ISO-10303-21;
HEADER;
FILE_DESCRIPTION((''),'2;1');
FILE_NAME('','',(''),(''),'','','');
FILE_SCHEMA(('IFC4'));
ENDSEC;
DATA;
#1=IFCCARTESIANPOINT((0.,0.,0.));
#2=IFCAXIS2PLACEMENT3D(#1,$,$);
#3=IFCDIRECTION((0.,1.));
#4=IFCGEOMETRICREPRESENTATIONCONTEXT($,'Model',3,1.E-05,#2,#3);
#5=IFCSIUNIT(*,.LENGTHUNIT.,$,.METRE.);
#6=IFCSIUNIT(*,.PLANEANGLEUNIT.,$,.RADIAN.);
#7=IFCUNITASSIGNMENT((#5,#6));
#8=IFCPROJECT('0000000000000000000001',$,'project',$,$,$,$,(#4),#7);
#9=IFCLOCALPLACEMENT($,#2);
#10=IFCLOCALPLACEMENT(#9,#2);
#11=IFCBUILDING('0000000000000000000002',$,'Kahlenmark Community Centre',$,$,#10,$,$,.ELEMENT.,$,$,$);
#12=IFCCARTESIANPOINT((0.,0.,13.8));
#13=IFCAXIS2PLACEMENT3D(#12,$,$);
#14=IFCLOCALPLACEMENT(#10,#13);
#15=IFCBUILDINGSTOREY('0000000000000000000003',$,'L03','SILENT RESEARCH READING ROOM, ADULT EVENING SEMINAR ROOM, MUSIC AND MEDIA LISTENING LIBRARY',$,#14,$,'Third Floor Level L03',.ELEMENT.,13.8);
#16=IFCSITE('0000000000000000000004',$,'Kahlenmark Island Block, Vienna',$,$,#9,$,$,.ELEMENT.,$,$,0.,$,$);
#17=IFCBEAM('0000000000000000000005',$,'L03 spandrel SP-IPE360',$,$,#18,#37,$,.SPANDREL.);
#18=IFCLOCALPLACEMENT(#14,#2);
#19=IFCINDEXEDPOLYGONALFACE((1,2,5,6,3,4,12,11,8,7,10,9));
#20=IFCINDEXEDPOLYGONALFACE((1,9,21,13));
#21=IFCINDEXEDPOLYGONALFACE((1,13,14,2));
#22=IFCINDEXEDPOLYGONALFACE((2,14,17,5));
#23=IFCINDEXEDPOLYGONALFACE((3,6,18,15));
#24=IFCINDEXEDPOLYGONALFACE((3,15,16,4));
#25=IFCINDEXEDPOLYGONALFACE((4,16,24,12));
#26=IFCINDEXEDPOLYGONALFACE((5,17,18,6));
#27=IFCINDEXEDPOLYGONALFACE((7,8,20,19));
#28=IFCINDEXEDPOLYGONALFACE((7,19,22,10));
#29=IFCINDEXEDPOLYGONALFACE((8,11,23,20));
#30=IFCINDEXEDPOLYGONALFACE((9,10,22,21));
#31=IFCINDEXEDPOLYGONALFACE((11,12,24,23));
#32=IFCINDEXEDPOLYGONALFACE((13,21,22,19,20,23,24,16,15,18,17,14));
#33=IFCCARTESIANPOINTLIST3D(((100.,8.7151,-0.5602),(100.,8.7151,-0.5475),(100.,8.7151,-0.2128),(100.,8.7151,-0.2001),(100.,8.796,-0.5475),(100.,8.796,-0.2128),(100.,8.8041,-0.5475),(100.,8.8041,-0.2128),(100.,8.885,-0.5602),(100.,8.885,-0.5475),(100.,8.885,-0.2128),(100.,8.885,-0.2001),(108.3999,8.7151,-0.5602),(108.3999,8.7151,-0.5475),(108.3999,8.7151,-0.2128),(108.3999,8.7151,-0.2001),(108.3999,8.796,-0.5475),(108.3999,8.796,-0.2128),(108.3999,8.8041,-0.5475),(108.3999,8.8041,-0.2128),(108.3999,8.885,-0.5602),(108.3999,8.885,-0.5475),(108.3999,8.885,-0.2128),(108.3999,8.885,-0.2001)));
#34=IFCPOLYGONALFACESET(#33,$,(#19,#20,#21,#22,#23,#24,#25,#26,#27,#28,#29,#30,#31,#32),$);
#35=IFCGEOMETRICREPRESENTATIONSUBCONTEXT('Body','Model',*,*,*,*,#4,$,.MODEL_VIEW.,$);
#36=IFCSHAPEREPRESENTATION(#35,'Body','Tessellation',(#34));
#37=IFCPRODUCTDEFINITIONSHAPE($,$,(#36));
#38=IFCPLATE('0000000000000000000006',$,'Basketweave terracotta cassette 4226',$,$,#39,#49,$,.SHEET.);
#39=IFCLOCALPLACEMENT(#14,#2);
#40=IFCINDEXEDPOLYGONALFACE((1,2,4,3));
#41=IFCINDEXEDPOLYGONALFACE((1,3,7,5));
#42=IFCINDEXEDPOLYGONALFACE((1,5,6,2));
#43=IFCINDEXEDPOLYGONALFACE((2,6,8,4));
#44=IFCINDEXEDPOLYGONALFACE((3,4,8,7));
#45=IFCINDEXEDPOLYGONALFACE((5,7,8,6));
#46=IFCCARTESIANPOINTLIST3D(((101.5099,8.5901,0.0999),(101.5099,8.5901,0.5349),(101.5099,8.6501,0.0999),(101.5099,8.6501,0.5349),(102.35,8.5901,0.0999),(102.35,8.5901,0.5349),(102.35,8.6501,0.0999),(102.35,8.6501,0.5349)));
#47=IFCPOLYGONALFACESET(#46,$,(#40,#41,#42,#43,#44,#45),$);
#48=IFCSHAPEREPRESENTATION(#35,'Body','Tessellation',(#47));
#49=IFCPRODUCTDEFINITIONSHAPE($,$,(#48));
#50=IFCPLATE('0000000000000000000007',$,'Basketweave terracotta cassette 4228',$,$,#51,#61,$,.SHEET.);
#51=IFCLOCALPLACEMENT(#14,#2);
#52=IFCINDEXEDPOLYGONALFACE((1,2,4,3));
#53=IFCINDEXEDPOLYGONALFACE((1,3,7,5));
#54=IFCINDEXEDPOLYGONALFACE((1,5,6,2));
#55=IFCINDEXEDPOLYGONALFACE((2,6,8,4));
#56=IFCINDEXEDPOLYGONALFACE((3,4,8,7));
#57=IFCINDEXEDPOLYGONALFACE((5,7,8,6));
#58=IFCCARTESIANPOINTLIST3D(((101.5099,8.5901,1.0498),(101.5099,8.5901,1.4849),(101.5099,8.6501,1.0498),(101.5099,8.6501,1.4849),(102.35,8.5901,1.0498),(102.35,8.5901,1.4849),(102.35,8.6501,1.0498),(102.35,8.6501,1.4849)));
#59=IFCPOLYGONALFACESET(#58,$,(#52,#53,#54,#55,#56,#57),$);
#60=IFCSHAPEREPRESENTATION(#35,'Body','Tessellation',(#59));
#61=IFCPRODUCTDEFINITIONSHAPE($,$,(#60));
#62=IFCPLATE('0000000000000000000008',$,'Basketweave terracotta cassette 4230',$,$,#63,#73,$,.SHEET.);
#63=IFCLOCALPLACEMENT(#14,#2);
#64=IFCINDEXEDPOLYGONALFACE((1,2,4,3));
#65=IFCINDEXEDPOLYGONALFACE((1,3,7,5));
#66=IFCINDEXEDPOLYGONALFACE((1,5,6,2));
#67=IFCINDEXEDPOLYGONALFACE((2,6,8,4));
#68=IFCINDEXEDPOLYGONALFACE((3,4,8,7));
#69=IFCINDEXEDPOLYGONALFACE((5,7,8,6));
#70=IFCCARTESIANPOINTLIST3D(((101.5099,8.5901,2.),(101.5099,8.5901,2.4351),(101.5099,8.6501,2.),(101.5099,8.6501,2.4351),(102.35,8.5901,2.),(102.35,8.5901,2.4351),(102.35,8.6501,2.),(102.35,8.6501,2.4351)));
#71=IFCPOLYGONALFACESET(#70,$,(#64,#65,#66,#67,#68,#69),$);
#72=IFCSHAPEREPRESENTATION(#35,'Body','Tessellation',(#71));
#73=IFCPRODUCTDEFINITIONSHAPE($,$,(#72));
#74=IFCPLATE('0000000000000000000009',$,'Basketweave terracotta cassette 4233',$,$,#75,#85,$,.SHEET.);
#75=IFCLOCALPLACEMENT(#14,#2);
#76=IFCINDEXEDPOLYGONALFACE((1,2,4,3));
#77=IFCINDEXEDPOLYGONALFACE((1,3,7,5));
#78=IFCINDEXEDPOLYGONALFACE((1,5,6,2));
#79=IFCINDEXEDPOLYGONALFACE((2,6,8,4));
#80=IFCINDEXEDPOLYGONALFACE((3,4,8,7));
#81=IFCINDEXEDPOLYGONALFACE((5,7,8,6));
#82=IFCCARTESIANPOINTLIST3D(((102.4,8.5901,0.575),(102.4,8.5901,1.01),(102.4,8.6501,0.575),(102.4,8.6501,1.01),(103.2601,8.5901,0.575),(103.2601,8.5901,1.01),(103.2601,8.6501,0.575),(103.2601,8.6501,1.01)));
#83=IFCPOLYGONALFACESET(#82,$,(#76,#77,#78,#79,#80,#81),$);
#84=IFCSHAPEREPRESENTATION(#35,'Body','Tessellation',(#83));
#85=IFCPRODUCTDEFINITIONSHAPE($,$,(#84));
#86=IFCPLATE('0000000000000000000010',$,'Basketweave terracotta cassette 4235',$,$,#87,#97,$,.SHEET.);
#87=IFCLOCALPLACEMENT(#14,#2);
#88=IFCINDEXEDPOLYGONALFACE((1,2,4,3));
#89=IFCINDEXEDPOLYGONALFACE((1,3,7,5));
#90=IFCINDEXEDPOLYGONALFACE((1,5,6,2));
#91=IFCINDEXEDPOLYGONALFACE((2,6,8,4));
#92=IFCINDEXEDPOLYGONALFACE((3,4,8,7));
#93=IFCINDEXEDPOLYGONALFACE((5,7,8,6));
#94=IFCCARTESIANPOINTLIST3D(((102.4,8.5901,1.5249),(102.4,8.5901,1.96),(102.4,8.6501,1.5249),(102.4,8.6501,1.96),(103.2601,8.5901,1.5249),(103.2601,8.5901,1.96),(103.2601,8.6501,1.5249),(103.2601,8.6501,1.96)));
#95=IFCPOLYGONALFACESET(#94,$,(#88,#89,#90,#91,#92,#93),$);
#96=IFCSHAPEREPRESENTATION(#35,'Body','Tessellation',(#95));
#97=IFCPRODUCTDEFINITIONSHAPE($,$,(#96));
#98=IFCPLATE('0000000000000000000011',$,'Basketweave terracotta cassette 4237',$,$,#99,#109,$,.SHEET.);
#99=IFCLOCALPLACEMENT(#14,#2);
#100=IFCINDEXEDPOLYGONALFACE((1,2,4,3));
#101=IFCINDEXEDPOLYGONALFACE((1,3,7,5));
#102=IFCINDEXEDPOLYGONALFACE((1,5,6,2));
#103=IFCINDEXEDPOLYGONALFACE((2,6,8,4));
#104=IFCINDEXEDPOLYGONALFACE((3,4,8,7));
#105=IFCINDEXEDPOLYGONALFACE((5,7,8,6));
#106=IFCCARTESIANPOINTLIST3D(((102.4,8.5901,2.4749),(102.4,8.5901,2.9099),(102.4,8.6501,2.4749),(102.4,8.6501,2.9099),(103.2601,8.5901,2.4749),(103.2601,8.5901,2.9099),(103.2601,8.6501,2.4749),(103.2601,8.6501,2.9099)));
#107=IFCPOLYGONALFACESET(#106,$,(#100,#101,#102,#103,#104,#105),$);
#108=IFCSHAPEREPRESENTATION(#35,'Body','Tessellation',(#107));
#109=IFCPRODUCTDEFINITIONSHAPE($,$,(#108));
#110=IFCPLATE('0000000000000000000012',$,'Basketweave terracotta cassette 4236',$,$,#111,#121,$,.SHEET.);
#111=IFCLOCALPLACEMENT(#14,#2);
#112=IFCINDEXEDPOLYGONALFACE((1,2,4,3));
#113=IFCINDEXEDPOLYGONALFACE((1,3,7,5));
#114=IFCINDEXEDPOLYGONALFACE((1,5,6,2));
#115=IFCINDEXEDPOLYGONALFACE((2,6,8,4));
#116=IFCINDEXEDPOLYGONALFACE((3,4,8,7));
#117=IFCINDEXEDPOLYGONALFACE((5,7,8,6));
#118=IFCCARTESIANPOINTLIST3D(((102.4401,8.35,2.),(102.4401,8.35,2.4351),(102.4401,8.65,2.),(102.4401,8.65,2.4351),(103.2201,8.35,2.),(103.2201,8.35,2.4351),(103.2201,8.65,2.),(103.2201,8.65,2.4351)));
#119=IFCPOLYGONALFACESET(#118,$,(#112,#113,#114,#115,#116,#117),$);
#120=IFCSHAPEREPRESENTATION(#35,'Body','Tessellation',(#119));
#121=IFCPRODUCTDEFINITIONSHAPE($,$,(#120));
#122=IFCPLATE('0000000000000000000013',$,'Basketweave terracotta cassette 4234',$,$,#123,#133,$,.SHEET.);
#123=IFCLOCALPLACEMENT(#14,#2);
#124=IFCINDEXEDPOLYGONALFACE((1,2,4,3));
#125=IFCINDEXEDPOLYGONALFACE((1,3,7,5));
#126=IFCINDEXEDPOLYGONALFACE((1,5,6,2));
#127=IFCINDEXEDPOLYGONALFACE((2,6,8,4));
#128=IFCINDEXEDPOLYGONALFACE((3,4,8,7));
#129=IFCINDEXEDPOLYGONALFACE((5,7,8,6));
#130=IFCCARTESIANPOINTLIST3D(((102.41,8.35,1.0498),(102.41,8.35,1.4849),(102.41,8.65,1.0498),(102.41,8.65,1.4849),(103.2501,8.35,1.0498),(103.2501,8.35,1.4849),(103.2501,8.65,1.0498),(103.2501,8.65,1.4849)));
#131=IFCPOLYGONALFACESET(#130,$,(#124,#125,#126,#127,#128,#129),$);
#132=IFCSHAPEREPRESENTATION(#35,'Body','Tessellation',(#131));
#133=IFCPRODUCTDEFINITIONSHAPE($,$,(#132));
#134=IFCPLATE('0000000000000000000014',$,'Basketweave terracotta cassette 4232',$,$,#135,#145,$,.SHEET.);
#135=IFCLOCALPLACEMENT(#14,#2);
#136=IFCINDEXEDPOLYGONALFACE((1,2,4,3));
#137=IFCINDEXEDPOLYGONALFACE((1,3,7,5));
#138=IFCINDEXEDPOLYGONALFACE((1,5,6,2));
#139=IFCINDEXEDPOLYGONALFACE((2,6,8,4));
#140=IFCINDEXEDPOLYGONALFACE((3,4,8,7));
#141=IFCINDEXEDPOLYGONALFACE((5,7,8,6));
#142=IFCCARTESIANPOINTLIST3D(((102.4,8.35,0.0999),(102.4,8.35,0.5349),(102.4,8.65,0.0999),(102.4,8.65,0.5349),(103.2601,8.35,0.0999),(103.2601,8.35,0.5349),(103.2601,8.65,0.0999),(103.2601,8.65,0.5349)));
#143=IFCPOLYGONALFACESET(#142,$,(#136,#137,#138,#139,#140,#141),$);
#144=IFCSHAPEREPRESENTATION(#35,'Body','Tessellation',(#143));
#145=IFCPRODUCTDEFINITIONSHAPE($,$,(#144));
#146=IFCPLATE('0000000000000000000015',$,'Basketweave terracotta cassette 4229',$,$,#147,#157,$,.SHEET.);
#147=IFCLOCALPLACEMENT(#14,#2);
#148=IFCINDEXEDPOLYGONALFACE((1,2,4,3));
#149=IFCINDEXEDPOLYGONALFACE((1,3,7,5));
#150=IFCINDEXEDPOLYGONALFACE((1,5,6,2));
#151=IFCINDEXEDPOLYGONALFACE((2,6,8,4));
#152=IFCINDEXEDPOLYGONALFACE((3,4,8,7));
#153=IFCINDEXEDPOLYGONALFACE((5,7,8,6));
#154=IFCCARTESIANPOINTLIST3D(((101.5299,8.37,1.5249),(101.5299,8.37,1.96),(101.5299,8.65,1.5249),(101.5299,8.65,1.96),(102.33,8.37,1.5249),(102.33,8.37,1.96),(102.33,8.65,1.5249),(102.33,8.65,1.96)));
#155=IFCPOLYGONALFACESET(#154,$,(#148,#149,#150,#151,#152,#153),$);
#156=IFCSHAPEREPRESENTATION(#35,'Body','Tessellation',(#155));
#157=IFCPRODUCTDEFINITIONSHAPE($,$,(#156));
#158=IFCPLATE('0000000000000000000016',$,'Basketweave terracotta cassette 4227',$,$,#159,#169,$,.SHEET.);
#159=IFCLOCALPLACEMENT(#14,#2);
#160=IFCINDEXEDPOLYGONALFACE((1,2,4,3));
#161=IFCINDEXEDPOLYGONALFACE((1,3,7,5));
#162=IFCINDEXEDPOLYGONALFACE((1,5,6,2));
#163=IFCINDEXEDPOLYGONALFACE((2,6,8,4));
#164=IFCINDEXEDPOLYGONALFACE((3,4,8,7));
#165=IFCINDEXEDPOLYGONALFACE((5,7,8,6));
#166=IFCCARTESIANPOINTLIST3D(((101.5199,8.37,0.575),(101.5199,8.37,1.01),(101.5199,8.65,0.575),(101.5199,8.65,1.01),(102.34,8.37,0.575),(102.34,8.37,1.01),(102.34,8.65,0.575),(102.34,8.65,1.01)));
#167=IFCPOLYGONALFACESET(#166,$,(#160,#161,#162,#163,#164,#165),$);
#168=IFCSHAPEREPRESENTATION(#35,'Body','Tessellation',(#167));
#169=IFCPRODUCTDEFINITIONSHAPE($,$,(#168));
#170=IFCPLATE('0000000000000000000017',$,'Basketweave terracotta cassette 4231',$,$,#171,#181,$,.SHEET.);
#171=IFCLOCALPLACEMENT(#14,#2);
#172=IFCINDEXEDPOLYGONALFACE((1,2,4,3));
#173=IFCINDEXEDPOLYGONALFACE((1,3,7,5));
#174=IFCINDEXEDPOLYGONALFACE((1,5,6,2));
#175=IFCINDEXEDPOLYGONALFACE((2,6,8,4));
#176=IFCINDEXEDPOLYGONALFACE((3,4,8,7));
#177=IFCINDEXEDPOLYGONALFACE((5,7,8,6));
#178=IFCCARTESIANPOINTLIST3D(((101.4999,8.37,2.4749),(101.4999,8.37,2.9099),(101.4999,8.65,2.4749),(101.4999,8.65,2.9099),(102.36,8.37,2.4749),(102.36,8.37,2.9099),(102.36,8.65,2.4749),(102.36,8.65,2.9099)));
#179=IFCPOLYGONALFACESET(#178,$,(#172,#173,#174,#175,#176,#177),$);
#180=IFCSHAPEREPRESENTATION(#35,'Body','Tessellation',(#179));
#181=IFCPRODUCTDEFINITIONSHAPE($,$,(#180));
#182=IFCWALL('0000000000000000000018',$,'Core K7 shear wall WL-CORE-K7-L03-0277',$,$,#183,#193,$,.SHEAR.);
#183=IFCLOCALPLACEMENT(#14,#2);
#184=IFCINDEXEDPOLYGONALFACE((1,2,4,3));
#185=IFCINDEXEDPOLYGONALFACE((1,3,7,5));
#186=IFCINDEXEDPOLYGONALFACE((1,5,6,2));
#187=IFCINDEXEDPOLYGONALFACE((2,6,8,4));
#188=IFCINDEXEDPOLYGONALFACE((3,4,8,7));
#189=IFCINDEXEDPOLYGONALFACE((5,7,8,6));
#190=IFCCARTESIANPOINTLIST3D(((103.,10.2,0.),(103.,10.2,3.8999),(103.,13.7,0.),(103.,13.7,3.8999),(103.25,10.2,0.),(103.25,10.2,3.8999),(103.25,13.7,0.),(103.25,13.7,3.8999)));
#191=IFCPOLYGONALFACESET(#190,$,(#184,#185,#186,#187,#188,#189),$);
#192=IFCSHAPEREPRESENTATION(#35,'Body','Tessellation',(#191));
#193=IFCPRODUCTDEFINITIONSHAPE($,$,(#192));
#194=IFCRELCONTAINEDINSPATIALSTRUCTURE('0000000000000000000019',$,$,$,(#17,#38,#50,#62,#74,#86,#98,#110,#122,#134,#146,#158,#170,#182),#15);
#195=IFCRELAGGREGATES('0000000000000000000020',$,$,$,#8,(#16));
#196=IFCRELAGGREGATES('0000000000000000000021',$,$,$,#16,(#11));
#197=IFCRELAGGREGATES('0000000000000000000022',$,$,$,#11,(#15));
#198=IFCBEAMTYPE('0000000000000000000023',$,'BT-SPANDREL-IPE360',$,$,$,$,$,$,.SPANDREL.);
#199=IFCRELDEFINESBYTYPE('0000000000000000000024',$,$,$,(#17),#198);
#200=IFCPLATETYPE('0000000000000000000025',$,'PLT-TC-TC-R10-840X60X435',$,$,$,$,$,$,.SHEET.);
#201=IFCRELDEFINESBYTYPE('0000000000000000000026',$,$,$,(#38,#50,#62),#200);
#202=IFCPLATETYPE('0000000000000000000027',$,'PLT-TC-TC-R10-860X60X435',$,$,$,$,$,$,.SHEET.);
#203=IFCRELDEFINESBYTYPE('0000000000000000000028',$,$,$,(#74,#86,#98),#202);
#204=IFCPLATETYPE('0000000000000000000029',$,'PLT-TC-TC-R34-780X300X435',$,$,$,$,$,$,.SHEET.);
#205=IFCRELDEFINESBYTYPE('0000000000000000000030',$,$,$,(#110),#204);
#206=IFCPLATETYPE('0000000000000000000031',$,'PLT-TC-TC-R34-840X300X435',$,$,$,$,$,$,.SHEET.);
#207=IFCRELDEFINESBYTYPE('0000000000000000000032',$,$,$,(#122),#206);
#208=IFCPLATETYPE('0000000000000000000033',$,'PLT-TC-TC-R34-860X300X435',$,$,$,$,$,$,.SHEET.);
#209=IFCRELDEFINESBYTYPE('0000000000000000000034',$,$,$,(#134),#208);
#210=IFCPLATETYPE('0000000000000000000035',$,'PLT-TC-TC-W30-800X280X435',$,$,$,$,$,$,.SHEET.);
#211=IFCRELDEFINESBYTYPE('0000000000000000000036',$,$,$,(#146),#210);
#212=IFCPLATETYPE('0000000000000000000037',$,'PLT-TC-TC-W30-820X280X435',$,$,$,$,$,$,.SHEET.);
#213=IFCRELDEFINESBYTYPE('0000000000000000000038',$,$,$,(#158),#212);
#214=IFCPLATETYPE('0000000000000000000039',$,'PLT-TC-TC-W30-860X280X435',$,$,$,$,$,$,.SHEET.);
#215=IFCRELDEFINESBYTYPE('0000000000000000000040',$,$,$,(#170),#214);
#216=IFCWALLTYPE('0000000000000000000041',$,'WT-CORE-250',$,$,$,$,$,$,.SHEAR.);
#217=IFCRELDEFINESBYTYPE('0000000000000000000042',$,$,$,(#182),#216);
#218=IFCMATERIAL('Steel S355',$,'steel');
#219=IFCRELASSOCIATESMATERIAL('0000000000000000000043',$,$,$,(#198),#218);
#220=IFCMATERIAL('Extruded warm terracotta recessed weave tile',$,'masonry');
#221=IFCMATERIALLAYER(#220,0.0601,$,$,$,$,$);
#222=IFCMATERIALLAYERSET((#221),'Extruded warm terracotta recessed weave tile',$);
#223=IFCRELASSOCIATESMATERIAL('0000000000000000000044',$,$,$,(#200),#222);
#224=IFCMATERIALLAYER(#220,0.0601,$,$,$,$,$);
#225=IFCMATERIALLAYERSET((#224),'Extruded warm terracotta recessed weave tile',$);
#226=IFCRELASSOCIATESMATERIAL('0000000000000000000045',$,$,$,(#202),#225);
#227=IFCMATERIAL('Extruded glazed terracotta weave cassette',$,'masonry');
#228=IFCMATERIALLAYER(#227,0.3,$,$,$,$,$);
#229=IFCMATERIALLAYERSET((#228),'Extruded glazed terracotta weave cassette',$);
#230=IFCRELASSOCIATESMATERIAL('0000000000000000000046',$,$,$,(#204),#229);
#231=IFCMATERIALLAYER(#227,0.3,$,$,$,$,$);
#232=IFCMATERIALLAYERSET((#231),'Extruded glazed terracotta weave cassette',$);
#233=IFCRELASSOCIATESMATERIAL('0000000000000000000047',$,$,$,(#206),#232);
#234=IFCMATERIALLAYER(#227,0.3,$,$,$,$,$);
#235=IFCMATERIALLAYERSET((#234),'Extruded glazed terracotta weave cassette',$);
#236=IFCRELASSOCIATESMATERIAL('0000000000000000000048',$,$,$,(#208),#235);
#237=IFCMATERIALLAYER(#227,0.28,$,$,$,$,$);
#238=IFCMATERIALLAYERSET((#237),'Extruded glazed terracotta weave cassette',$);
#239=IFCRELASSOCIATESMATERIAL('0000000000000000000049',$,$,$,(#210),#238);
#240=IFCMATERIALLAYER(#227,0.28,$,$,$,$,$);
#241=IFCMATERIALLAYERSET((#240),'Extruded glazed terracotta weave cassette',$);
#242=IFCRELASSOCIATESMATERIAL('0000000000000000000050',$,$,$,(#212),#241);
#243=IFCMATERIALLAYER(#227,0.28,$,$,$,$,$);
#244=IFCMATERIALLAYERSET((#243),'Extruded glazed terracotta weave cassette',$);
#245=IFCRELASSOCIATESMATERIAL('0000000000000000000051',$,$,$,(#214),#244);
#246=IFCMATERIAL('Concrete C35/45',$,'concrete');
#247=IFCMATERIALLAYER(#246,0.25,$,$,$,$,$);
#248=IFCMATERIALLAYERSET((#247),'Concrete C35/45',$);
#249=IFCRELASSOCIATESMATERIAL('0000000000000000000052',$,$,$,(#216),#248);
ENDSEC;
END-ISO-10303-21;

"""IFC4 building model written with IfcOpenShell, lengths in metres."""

from ifc_helpers import new_model, si_unit, direction, frame, frame_2d, origin, origin_2d, place, context, subcontext, project, spatial, rectangle, i_section, extrude, material, layer, layer_set, material_profile, profile_set, type_object, element, save


model = new_model("IFC4")

# Units and contexts
model_context = context("Model", 3, precision=1e-05, world=origin(), true_north=direction((0.0, 1.0)))
body_context = subcontext(model_context, "Body", "Model", "MODEL_VIEW")
ifc_project = project(units=[si_unit("LENGTHUNIT", "METRE"), si_unit("PLANEANGLEUNIT", "RADIAN")], contexts=[model_context])

# Site, building, storey
site_placement = place(None, origin())
site = spatial("IfcSite", under=ifc_project, at=site_placement, Name="Kahlenmark Island Block, Vienna", CompositionType="ELEMENT", RefElevation=0.0)
building_placement = place(site_placement, origin())
building = spatial("IfcBuilding", under=site, at=building_placement, Name="Kahlenmark Community Centre", CompositionType="ELEMENT")
storey_placement = place(building_placement, frame((0.0, 0.0, 13.8)))
storey = spatial("IfcBuildingStorey", under=building, at=storey_placement, Name="L03", Description="SILENT RESEARCH READING ROOM, ADULT EVENING SEMINAR ROOM, MUSIC AND MEDIA LISTENING LIBRARY", LongName="Third Floor Level L03", CompositionType="ELEMENT", Elevation=13.8)

# Beam
ifc_material_1 = material(Name="Steel S355", Category="steel")
ifc_material_profile = material_profile(ifc_material_1, i_section(OverallWidth=0.1699, OverallDepth=0.3601, WebThickness=0.0081, FlangeThickness=0.0127, at=origin_2d()), Name="IPE 360")
ifc_profile_set = profile_set([ifc_material_profile], Name="Steel S355")
beam_type = type_object("IfcBeamType", Name="BT-SPANDREL-IPE360", PredefinedType="SPANDREL", material=ifc_profile_set)
beam_placement = place(storey_placement, frame((100.0, 8.8, -0.3801), z_axis=(1.0, 0.0, 0.0), x_axis=(0.0, 1.0, 0.0)))
element("IfcBeam", 1, at=beam_placement, inside=storey, type_object=beam_type, Name="L03 spandrel SP-IPE360", PredefinedType="SPANDREL", context=body_context, shape_type="SweptSolid", body=[
    extrude(i_section(OverallWidth=0.1699, OverallDepth=0.3601, WebThickness=0.0081, FlangeThickness=0.0127, at=origin_2d()), origin(), (0.0, 0.0, 1.0), 8.3999),
])

# Plates
ifc_material_2 = material(Name="Extruded warm terracotta recessed weave tile", Category="masonry")
ifc_layer_1 = layer(ifc_material_2, 0.0601)
ifc_layer_set_1 = layer_set([ifc_layer_1], Name="Extruded warm terracotta recessed weave tile")
plate_type_1 = type_object("IfcPlateType", Name="PLT-TC-TC-R10-840X60X435", PredefinedType="SHEET", material=ifc_layer_set_1)
for number, where, z_axis, x_axis, name in (
    (2, (101.9299, 8.6201, 0.0999), (0.0, 0.0, 1.0), (1.0, 0.0, 0.0), "Basketweave terracotta cassette 4226"),
    (3, (101.9299, 8.6201, 1.0498), (0.0, 0.0, 1.0), (1.0, 0.0, 0.0), "Basketweave terracotta cassette 4228"),
    (4, (101.9299, 8.6201, 2.0), (0.0, 0.0, 1.0), (1.0, 0.0, 0.0), "Basketweave terracotta cassette 4230"),
):
    element("IfcPlate", number, at=place(storey_placement, frame(where, z_axis=z_axis, x_axis=x_axis)), inside=storey, type_object=plate_type_1, Name=name, PredefinedType="SHEET", context=body_context, shape_type="SweptSolid", body=[
        extrude(rectangle(XDim=0.8401, YDim=0.0601, at=origin_2d()), origin(), (0.0, 0.0, 1.0), 0.4351),
    ])
ifc_layer_2 = layer(ifc_material_2, 0.0601)
ifc_layer_set_2 = layer_set([ifc_layer_2], Name="Extruded warm terracotta recessed weave tile")
plate_type_2 = type_object("IfcPlateType", Name="PLT-TC-TC-R10-860X60X435", PredefinedType="SHEET", material=ifc_layer_set_2)
for number, where, z_axis, x_axis, name in (
    (5, (102.8301, 8.6201, 0.575), (0.0, 0.0, 1.0), (1.0, 0.0, 0.0), "Basketweave terracotta cassette 4233"),
    (6, (102.8301, 8.6201, 1.5249), (0.0, 0.0, 1.0), (1.0, 0.0, 0.0), "Basketweave terracotta cassette 4235"),
    (7, (102.8301, 8.6201, 2.4749), (0.0, 0.0, 1.0), (1.0, 0.0, 0.0), "Basketweave terracotta cassette 4237"),
):
    element("IfcPlate", number, at=place(storey_placement, frame(where, z_axis=z_axis, x_axis=x_axis)), inside=storey, type_object=plate_type_2, Name=name, PredefinedType="SHEET", context=body_context, shape_type="SweptSolid", body=[
        extrude(rectangle(XDim=0.8601, YDim=0.0601, at=origin_2d()), origin(), (0.0, 0.0, 1.0), 0.4351),
    ])
ifc_material_3 = material(Name="Extruded glazed terracotta weave cassette", Category="masonry")
ifc_layer_3 = layer(ifc_material_3, 0.3)
ifc_layer_set_3 = layer_set([ifc_layer_3], Name="Extruded glazed terracotta weave cassette")
plate_type_3 = type_object("IfcPlateType", Name="PLT-TC-TC-R34-780X300X435", PredefinedType="SHEET", material=ifc_layer_set_3)
plate_1_placement = place(storey_placement, frame((102.8301, 8.5, 2.0), z_axis=(0.0, 0.0, 1.0), x_axis=(1.0, 0.0, 0.0)))
element("IfcPlate", 8, at=plate_1_placement, inside=storey, type_object=plate_type_3, Name="Basketweave terracotta cassette 4236", PredefinedType="SHEET", context=body_context, shape_type="SweptSolid", body=[
    extrude(rectangle(XDim=0.78, YDim=0.3, at=origin_2d()), origin(), (0.0, 0.0, 1.0), 0.4351),
])
ifc_layer_4 = layer(ifc_material_3, 0.3)
ifc_layer_set_4 = layer_set([ifc_layer_4], Name="Extruded glazed terracotta weave cassette")
plate_type_4 = type_object("IfcPlateType", Name="PLT-TC-TC-R34-840X300X435", PredefinedType="SHEET", material=ifc_layer_set_4)
plate_2_placement = place(storey_placement, frame((102.8301, 8.5, 1.0498), z_axis=(0.0, 0.0, 1.0), x_axis=(1.0, 0.0, 0.0)))
element("IfcPlate", 9, at=plate_2_placement, inside=storey, type_object=plate_type_4, Name="Basketweave terracotta cassette 4234", PredefinedType="SHEET", context=body_context, shape_type="SweptSolid", body=[
    extrude(rectangle(XDim=0.8401, YDim=0.3, at=origin_2d()), origin(), (0.0, 0.0, 1.0), 0.4351),
])
ifc_layer_5 = layer(ifc_material_3, 0.3)
ifc_layer_set_5 = layer_set([ifc_layer_5], Name="Extruded glazed terracotta weave cassette")
plate_type_5 = type_object("IfcPlateType", Name="PLT-TC-TC-R34-860X300X435", PredefinedType="SHEET", material=ifc_layer_set_5)
plate_3_placement = place(storey_placement, frame((102.8301, 8.5, 0.0999), z_axis=(0.0, 0.0, 1.0), x_axis=(1.0, 0.0, 0.0)))
element("IfcPlate", 10, at=plate_3_placement, inside=storey, type_object=plate_type_5, Name="Basketweave terracotta cassette 4232", PredefinedType="SHEET", context=body_context, shape_type="SweptSolid", body=[
    extrude(rectangle(XDim=0.8601, YDim=0.3, at=origin_2d()), origin(), (0.0, 0.0, 1.0), 0.4351),
])
ifc_layer_6 = layer(ifc_material_3, 0.28)
ifc_layer_set_6 = layer_set([ifc_layer_6], Name="Extruded glazed terracotta weave cassette")
plate_type_6 = type_object("IfcPlateType", Name="PLT-TC-TC-W30-800X280X435", PredefinedType="SHEET", material=ifc_layer_set_6)
plate_4_placement = place(storey_placement, frame((101.9299, 8.51, 1.5249), z_axis=(0.0, 0.0, 1.0), x_axis=(1.0, 0.0, 0.0)))
element("IfcPlate", 11, at=plate_4_placement, inside=storey, type_object=plate_type_6, Name="Basketweave terracotta cassette 4229", PredefinedType="SHEET", context=body_context, shape_type="SweptSolid", body=[
    extrude(rectangle(XDim=0.8, YDim=0.28, at=origin_2d()), origin(), (0.0, 0.0, 1.0), 0.4351),
])
ifc_layer_7 = layer(ifc_material_3, 0.28)
ifc_layer_set_7 = layer_set([ifc_layer_7], Name="Extruded glazed terracotta weave cassette")
plate_type_7 = type_object("IfcPlateType", Name="PLT-TC-TC-W30-820X280X435", PredefinedType="SHEET", material=ifc_layer_set_7)
plate_5_placement = place(storey_placement, frame((101.9299, 8.51, 0.575), z_axis=(0.0, 0.0, 1.0), x_axis=(1.0, 0.0, 0.0)))
element("IfcPlate", 12, at=plate_5_placement, inside=storey, type_object=plate_type_7, Name="Basketweave terracotta cassette 4227", PredefinedType="SHEET", context=body_context, shape_type="SweptSolid", body=[
    extrude(rectangle(XDim=0.8201, YDim=0.28, at=origin_2d()), origin(), (0.0, 0.0, 1.0), 0.4351),
])
ifc_layer_8 = layer(ifc_material_3, 0.28)
ifc_layer_set_8 = layer_set([ifc_layer_8], Name="Extruded glazed terracotta weave cassette")
plate_type_8 = type_object("IfcPlateType", Name="PLT-TC-TC-W30-860X280X435", PredefinedType="SHEET", material=ifc_layer_set_8)
plate_6_placement = place(storey_placement, frame((101.9299, 8.51, 2.4749), z_axis=(0.0, 0.0, 1.0), x_axis=(1.0, 0.0, 0.0)))
element("IfcPlate", 13, at=plate_6_placement, inside=storey, type_object=plate_type_8, Name="Basketweave terracotta cassette 4231", PredefinedType="SHEET", context=body_context, shape_type="SweptSolid", body=[
    extrude(rectangle(XDim=0.8601, YDim=0.28, at=origin_2d()), origin(), (0.0, 0.0, 1.0), 0.4351),
])

# Wall
ifc_material_4 = material(Name="Concrete C35/45", Category="concrete")
ifc_layer_9 = layer(ifc_material_4, 0.25)
ifc_layer_set_9 = layer_set([ifc_layer_9], Name="Concrete C35/45")
wall_type_1 = type_object("IfcWallType", Name="WT-CORE-250", PredefinedType="SHEAR", material=ifc_layer_set_9)
wall_1_placement = place(storey_placement, frame((103.125, 10.2, 0.0), z_axis=(0.0, 0.0, 1.0), x_axis=(0.0, 1.0, 0.0)))
element("IfcWall", 14, at=wall_1_placement, inside=storey, type_object=wall_type_1, Name="Core K7 shear wall WL-CORE-K7-L03-0277", PredefinedType="SHEAR", context=body_context, shape_type="SweptSolid", body=[
    extrude(rectangle(XDim=3.5, YDim=0.25, at=frame_2d((1.75, 0.0))), origin(), (0.0, 0.0, 1.0), 3.8999),
])

save(model, "model.ifc")
